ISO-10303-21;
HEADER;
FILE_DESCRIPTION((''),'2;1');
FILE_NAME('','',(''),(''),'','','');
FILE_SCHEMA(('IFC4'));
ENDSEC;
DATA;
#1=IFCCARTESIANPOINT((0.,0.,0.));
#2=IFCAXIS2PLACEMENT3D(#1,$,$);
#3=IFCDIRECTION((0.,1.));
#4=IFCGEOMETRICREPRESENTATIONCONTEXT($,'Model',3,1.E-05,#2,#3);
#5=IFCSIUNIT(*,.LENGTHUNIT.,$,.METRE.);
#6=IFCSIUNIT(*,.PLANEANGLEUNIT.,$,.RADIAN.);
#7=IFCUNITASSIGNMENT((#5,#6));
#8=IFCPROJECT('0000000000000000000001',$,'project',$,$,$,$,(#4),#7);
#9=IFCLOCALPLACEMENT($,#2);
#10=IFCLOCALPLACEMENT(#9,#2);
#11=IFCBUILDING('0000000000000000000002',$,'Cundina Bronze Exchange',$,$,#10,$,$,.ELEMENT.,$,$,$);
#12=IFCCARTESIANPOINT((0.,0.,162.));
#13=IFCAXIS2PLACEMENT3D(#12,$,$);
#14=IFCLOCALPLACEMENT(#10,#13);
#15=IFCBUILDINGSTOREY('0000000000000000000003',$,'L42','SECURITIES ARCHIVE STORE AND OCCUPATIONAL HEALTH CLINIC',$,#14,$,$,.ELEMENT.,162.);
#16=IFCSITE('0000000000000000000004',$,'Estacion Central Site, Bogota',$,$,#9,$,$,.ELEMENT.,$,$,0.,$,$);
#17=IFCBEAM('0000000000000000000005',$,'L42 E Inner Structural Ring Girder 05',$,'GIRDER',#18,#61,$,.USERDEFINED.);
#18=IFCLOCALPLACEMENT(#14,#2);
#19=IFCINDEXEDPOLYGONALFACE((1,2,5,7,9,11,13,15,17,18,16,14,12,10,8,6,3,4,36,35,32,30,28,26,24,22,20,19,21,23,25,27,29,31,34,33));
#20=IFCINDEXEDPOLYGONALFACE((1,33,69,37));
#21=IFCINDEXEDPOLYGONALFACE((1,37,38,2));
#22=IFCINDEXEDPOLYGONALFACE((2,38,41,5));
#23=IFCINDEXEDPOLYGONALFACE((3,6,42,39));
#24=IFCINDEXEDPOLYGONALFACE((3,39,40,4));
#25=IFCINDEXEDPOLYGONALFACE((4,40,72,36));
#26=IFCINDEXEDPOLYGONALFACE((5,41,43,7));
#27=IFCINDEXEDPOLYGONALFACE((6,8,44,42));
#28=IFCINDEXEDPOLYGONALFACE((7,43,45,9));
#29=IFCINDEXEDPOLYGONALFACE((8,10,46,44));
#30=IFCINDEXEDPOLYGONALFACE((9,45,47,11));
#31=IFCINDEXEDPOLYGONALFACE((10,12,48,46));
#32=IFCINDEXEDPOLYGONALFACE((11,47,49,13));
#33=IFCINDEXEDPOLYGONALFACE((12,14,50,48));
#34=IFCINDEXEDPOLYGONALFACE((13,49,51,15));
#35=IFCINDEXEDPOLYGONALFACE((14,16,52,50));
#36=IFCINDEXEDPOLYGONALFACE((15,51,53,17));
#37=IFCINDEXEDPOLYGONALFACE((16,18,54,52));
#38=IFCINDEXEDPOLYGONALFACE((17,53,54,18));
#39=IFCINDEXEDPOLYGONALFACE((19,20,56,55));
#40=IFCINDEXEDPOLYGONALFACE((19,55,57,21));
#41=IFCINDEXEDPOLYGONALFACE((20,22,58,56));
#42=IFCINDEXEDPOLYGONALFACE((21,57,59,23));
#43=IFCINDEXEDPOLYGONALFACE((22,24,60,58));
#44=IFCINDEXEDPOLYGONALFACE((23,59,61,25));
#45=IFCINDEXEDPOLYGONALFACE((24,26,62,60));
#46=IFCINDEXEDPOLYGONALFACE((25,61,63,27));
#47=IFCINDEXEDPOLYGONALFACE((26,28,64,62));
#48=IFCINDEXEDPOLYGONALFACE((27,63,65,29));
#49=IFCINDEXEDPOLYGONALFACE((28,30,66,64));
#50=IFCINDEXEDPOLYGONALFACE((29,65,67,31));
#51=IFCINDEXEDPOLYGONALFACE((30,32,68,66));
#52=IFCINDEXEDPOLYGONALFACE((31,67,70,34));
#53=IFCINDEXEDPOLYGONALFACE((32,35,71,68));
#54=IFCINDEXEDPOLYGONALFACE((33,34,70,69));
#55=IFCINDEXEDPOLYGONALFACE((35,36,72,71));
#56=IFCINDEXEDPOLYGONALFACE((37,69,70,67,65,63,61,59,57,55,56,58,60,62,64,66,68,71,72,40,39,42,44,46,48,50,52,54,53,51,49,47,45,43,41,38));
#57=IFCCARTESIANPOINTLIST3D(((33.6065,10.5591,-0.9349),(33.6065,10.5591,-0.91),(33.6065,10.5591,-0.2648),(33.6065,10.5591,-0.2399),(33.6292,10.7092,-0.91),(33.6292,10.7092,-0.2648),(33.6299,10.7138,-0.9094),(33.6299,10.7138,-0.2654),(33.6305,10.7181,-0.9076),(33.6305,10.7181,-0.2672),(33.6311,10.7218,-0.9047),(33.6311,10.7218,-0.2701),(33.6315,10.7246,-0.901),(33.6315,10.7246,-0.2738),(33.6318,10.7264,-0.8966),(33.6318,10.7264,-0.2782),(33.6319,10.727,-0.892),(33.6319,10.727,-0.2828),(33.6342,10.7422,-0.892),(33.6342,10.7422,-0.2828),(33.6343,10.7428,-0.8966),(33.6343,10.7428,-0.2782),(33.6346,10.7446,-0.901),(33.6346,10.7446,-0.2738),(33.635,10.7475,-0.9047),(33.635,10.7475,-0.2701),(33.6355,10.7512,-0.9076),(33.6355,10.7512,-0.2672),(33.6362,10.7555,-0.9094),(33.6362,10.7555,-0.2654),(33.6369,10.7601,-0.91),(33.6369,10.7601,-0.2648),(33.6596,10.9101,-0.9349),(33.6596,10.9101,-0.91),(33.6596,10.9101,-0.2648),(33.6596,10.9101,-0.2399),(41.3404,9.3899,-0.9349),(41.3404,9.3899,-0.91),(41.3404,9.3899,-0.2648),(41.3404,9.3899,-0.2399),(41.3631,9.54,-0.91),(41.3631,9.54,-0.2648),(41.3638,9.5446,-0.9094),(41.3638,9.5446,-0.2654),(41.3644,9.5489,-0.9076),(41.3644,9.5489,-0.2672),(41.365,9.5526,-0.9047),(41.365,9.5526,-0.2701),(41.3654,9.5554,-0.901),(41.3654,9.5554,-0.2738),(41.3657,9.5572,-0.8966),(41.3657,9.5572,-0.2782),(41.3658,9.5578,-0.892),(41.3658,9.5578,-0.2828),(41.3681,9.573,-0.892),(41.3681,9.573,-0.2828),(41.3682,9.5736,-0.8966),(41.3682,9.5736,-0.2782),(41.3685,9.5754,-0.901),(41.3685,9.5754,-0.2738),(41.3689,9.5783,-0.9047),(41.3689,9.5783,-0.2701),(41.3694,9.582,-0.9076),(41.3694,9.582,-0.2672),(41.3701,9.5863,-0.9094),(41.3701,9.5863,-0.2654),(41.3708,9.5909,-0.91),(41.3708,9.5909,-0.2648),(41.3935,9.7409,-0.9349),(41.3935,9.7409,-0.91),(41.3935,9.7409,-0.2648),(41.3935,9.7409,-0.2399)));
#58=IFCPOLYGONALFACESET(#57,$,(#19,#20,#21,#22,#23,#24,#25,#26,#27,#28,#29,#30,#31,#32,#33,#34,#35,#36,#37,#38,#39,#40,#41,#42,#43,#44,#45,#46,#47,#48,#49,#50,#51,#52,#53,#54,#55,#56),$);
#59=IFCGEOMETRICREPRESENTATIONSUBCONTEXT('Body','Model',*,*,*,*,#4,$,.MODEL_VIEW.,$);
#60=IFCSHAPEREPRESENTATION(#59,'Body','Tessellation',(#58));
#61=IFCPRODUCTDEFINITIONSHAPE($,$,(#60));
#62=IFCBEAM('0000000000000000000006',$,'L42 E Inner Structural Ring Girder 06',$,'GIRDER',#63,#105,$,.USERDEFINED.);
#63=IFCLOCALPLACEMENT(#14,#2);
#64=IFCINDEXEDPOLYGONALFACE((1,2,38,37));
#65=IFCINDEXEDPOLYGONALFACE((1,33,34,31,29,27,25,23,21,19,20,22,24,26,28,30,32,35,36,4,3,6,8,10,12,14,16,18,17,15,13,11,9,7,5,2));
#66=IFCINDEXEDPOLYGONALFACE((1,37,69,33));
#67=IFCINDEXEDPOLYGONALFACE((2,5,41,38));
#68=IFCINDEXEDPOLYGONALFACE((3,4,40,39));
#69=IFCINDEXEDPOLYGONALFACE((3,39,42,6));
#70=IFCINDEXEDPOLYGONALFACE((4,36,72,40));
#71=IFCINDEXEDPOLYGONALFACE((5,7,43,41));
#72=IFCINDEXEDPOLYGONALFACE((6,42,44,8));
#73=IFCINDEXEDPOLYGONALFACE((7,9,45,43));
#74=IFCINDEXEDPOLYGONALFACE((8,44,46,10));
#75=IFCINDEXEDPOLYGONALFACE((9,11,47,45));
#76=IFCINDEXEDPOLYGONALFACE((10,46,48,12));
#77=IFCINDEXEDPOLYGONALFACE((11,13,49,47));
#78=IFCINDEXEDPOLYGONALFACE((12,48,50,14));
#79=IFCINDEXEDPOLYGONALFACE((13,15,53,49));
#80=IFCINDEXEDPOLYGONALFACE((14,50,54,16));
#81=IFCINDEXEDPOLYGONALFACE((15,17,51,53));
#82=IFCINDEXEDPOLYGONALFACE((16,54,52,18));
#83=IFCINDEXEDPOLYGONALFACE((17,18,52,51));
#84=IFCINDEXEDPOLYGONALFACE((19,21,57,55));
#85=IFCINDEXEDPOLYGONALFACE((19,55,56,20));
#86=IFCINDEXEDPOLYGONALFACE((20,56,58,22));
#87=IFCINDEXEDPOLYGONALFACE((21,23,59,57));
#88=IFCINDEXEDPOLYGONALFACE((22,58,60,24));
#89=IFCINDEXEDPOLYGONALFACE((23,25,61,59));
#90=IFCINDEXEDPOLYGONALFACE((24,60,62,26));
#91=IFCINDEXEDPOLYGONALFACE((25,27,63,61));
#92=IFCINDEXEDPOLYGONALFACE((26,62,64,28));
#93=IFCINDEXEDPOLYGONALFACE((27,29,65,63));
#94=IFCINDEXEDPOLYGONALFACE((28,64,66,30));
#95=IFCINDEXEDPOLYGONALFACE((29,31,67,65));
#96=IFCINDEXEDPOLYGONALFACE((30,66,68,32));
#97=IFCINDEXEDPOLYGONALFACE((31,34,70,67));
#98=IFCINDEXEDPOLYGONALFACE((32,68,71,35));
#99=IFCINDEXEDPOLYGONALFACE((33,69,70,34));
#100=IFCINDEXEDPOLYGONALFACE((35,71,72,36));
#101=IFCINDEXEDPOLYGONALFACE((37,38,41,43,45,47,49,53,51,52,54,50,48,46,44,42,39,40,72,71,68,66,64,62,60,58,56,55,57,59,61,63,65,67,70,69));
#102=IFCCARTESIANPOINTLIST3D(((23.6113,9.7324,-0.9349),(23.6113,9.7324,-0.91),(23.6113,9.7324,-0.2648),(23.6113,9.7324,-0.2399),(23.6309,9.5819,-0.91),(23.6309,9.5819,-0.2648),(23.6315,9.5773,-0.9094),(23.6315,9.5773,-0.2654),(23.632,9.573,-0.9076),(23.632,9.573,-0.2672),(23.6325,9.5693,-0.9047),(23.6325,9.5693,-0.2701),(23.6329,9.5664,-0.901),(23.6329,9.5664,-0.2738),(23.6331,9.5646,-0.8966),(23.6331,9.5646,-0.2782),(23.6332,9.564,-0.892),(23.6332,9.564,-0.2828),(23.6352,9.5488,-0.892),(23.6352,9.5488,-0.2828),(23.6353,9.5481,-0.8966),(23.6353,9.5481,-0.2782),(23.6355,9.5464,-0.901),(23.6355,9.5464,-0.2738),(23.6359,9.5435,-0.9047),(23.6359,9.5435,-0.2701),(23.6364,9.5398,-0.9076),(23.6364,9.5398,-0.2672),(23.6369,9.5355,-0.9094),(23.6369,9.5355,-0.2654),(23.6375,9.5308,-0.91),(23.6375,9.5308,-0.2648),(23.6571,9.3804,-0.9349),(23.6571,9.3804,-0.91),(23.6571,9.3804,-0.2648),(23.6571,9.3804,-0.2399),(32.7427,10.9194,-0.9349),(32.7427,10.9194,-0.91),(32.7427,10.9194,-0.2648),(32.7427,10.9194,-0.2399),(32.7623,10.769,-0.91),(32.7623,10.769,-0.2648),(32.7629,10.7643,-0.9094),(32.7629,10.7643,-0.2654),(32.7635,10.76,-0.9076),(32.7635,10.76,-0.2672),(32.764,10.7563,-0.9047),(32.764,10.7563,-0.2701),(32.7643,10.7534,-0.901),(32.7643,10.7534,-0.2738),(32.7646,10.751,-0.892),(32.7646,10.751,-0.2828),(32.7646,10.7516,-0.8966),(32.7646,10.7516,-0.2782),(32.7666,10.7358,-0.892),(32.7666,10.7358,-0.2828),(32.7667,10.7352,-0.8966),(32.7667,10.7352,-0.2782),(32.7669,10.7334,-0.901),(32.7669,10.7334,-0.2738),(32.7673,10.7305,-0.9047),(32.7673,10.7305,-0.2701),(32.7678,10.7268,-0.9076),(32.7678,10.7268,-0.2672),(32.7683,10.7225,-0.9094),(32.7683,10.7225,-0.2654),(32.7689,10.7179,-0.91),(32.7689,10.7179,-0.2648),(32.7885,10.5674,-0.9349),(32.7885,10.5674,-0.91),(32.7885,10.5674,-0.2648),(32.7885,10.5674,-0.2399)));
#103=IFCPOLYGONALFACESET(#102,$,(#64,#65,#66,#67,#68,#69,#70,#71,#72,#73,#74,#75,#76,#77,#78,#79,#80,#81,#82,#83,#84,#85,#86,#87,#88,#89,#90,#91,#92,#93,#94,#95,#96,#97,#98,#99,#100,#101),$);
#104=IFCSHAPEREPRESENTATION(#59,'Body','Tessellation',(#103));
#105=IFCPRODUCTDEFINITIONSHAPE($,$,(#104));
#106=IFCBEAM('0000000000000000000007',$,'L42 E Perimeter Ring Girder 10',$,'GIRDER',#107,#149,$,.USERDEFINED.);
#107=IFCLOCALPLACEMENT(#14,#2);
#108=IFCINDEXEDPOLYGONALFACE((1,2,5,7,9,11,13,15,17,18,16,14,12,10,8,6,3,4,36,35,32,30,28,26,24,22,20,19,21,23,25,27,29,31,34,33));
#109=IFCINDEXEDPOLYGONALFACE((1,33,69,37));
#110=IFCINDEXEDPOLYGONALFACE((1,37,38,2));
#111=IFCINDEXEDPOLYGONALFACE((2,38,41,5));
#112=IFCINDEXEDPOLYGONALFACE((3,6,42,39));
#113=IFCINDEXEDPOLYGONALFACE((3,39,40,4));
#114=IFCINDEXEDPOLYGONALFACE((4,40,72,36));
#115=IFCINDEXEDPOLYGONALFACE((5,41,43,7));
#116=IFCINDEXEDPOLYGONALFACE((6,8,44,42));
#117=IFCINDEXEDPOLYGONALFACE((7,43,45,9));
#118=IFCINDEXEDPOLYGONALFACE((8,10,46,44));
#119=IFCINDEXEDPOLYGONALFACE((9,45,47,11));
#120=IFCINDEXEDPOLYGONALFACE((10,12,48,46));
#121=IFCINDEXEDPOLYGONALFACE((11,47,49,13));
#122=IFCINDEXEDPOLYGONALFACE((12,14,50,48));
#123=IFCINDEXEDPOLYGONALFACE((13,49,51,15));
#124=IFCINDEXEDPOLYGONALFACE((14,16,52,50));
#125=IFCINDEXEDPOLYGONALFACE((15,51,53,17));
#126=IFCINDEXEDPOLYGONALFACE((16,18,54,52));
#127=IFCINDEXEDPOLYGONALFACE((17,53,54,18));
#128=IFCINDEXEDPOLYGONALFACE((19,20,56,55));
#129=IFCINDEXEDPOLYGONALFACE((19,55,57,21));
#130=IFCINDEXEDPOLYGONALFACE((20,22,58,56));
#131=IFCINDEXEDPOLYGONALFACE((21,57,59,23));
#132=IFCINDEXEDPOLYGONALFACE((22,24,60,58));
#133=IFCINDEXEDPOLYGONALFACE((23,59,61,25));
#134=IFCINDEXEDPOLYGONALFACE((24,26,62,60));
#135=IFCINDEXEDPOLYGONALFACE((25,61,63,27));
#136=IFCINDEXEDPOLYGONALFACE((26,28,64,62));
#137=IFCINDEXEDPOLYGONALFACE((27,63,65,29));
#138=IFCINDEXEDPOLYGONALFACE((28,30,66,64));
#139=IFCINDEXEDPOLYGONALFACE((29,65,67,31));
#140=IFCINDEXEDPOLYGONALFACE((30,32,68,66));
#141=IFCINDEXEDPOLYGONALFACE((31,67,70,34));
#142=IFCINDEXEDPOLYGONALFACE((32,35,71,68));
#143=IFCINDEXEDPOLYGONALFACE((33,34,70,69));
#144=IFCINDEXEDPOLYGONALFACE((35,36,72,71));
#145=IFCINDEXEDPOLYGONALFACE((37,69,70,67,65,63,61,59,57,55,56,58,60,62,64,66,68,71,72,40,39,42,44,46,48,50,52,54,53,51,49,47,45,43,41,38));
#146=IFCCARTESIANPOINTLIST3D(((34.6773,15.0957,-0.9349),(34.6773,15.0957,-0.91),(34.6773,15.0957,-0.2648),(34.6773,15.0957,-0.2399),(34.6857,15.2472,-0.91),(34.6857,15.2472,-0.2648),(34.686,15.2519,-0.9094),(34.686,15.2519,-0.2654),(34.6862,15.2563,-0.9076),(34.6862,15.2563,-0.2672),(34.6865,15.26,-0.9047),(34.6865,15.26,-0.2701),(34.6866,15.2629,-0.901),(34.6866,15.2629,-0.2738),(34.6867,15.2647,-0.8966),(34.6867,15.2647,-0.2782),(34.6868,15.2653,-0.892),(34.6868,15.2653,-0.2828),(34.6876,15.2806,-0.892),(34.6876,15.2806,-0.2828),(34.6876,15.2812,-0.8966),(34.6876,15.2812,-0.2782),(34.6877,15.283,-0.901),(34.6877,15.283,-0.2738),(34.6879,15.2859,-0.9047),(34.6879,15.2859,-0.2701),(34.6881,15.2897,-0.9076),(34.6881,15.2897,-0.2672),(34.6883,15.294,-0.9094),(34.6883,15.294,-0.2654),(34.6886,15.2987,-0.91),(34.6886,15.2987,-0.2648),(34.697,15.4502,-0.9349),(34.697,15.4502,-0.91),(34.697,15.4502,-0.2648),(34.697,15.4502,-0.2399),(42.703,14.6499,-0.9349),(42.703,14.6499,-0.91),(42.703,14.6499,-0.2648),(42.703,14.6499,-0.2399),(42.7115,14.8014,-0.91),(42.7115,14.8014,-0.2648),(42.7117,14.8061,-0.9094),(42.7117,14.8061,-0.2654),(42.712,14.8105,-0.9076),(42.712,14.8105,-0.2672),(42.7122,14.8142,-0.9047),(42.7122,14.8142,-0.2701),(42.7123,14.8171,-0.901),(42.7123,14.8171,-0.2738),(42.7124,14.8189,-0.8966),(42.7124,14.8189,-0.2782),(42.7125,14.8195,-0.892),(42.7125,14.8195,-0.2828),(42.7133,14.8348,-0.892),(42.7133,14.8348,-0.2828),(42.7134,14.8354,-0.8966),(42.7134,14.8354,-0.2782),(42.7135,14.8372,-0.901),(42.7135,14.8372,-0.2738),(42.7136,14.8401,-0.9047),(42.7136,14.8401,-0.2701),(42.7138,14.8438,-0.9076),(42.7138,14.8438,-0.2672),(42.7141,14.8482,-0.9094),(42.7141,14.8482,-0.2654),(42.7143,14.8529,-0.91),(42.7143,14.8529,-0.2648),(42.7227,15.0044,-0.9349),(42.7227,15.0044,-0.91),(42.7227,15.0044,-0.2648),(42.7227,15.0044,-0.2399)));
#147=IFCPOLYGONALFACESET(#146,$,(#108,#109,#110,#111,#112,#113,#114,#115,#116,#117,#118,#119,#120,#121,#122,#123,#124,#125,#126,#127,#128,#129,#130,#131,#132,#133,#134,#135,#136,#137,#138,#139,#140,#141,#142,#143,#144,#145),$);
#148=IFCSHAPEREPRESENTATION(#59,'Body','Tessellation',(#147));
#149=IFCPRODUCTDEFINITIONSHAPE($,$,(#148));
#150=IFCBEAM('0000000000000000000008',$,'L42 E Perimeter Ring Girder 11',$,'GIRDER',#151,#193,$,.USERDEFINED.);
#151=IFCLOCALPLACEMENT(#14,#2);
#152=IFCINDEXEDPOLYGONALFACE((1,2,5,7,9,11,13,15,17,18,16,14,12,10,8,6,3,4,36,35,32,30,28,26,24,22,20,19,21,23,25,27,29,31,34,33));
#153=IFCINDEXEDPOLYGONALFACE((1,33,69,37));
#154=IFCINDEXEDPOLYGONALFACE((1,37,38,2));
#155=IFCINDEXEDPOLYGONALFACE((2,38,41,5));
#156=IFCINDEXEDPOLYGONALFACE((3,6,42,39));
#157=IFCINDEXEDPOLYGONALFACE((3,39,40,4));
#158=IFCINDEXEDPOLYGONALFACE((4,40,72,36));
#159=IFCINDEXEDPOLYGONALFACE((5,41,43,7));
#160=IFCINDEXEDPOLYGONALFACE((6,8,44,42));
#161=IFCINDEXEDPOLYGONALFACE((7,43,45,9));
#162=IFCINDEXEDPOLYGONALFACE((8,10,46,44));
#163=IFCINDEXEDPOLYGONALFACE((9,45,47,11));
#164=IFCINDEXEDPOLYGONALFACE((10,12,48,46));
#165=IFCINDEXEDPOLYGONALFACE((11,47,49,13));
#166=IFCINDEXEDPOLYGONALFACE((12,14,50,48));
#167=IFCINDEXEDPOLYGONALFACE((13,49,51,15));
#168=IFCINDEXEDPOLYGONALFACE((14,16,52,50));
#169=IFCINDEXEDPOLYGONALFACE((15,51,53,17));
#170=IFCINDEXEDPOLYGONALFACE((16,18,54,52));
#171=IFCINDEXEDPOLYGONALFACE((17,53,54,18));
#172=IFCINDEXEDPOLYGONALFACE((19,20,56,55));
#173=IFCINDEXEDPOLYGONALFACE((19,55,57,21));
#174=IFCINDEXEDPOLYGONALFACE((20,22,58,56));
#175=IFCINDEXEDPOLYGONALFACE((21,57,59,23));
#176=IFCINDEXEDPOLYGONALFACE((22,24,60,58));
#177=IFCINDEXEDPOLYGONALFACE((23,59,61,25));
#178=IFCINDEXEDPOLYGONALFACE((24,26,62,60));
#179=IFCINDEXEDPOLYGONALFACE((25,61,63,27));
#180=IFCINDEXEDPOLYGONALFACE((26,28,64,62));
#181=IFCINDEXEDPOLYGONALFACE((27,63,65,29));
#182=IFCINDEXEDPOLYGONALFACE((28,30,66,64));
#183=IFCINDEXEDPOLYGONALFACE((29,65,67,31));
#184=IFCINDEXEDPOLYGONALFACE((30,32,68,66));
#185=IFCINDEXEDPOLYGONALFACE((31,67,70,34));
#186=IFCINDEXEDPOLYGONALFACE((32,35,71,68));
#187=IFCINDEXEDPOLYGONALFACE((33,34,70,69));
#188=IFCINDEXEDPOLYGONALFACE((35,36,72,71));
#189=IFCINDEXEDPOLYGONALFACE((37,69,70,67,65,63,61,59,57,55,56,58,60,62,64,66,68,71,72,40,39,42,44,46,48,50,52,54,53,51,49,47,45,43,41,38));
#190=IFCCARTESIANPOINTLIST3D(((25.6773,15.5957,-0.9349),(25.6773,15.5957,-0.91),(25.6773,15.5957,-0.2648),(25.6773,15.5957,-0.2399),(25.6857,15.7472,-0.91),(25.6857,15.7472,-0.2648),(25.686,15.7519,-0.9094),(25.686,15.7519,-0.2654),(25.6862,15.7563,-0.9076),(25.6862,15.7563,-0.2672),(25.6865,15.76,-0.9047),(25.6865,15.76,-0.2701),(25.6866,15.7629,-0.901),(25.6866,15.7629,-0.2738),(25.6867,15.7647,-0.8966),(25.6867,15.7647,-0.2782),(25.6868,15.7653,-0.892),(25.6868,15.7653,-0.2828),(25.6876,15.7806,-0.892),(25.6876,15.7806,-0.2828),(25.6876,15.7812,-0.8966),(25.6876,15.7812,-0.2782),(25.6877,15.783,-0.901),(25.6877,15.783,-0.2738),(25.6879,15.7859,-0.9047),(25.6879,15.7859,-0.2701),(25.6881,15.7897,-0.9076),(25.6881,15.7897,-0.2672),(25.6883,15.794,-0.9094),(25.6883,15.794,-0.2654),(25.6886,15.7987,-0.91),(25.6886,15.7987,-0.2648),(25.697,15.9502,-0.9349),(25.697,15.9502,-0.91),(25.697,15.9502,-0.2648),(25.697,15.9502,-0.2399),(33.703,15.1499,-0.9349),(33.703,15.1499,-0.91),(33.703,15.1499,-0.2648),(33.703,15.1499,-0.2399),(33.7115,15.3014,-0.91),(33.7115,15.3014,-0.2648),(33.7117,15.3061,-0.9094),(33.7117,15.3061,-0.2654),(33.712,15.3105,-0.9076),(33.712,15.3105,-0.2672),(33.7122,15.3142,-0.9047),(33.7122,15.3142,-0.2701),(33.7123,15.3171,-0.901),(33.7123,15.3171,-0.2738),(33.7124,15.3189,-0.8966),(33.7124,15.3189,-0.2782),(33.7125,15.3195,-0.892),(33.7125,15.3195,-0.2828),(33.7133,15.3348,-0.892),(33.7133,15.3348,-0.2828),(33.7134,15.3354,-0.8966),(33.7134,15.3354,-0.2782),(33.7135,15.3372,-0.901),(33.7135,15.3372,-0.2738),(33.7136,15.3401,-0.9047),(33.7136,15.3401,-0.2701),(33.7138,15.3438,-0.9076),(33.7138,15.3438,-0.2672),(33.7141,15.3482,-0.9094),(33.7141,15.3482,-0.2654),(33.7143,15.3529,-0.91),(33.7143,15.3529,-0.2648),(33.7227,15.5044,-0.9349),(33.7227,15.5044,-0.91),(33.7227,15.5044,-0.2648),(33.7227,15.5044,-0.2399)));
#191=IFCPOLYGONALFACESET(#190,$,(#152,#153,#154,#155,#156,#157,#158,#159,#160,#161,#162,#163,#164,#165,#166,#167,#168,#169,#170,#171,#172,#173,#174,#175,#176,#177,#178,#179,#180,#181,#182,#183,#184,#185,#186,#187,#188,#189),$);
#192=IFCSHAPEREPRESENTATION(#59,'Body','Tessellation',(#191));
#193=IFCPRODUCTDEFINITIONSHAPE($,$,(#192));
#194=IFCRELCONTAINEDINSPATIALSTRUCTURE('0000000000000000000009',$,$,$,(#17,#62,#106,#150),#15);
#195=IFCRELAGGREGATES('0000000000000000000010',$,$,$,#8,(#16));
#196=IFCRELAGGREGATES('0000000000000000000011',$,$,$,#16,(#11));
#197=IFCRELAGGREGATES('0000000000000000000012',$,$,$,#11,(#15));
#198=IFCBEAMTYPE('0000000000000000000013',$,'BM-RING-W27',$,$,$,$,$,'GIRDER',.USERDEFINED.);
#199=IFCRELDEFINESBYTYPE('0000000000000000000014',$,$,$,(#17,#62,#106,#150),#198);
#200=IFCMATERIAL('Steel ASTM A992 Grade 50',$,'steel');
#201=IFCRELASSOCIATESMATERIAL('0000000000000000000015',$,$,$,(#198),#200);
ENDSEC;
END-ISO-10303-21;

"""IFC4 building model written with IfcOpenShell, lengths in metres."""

from ifc_helpers import new_model, si_unit, direction, frame, origin, origin_2d, place, context, subcontext, project, spatial, i_section, extrude, material, material_profile, profile_set, type_object, element, save


model = new_model("IFC4")

# Units and contexts
model_context = context("Model", 3, precision=1e-05, world=origin(), true_north=direction((0.0, 1.0)))
body_context = subcontext(model_context, "Body", "Model", "MODEL_VIEW")
ifc_project = project(units=[si_unit("LENGTHUNIT", "METRE"), si_unit("PLANEANGLEUNIT", "RADIAN")], contexts=[model_context])

# Site, building, storey
site_placement = place(None, origin())
site = spatial("IfcSite", under=ifc_project, at=site_placement, Name="Estacion Central Site, Bogota", CompositionType="ELEMENT", RefElevation=0.0)
building_placement = place(site_placement, origin())
building = spatial("IfcBuilding", under=site, at=building_placement, Name="Cundina Bronze Exchange", CompositionType="ELEMENT")
storey_placement = place(building_placement, frame((0.0, 0.0, 162.0)))
storey = spatial("IfcBuildingStorey", under=building, at=storey_placement, Name="L42", Description="SECURITIES ARCHIVE STORE AND OCCUPATIONAL HEALTH CLINIC", CompositionType="ELEMENT", Elevation=162.0)

# Beams
ifc_material_1 = material(Name="Steel ASTM A992 Grade 50", Category="steel")
ifc_material_profile_1 = material_profile(ifc_material_1, i_section(OverallWidth=0.355, OverallDepth=0.6951, WebThickness=0.0154, FlangeThickness=0.0249, FilletRadius=0.0181, at=origin_2d()), Name="W27X146", Category="steel")
ifc_profile_set_1 = profile_set([ifc_material_profile_1], Name="Steel ASTM A992 Grade 50")
beam_type_1 = type_object("IfcBeamType", Name="BM-RING-W27", ElementType="GIRDER", PredefinedType="USERDEFINED", material=ifc_profile_set_1)
beam_1_placement = place(storey_placement, frame((41.3669, 9.5654, -0.5874), z_axis=(-0.988765, 0.149479, 0.0), x_axis=(-0.149479, -0.988765, 0.0)))
element("IfcBeam", 1, at=beam_1_placement, inside=storey, type_object=beam_type_1, Name="L42 E Inner Structural Ring Girder 05", ObjectType="GIRDER", PredefinedType="USERDEFINED", context=body_context, shape_type="SweptSolid", body=[
    extrude(i_section(OverallWidth=0.355, OverallDepth=0.6951, WebThickness=0.0154, FlangeThickness=0.0249, FilletRadius=0.0181, at=origin_2d()), origin(), (0.0, 0.0, 1.0), 7.8218),
])
beam_2_placement = place(storey_placement, frame((32.7656, 10.7434, -0.5874), z_axis=(-0.991656, -0.128908, 0.0), x_axis=(0.128908, -0.991656, 0.0)))
element("IfcBeam", 2, at=beam_2_placement, inside=storey, type_object=beam_type_1, Name="L42 E Inner Structural Ring Girder 06", ObjectType="GIRDER", PredefinedType="USERDEFINED", context=body_context, shape_type="SweptSolid", body=[
    extrude(i_section(OverallWidth=0.355, OverallDepth=0.6951, WebThickness=0.0154, FlangeThickness=0.0249, FilletRadius=0.0181, at=origin_2d()), origin(), (0.0, 0.0, 1.0), 9.2083),
])
for number, where, z_axis, x_axis, name in (
    (3, (42.7129, 14.8271, -0.5874), (-0.998461, 0.055462, 0.0), (-0.055462, -0.998461, 0.0), "L42 E Perimeter Ring Girder 10"),
    (4, (33.7129, 15.3271, -0.5874), (-0.998461, 0.055462, 0.0), (-0.055462, -0.998461, 0.0), "L42 E Perimeter Ring Girder 11"),
):
    element("IfcBeam", number, at=place(storey_placement, frame(where, z_axis=z_axis, x_axis=x_axis)), inside=storey, type_object=beam_type_1, Name=name, ObjectType="GIRDER", PredefinedType="USERDEFINED", context=body_context, shape_type="SweptSolid", body=[
        extrude(i_section(OverallWidth=0.355, OverallDepth=0.6951, WebThickness=0.0154, FlangeThickness=0.0249, FilletRadius=0.0181, at=origin_2d()), origin(), (0.0, 0.0, 1.0), 8.0381),
    ])

save(model, "model.ifc")
